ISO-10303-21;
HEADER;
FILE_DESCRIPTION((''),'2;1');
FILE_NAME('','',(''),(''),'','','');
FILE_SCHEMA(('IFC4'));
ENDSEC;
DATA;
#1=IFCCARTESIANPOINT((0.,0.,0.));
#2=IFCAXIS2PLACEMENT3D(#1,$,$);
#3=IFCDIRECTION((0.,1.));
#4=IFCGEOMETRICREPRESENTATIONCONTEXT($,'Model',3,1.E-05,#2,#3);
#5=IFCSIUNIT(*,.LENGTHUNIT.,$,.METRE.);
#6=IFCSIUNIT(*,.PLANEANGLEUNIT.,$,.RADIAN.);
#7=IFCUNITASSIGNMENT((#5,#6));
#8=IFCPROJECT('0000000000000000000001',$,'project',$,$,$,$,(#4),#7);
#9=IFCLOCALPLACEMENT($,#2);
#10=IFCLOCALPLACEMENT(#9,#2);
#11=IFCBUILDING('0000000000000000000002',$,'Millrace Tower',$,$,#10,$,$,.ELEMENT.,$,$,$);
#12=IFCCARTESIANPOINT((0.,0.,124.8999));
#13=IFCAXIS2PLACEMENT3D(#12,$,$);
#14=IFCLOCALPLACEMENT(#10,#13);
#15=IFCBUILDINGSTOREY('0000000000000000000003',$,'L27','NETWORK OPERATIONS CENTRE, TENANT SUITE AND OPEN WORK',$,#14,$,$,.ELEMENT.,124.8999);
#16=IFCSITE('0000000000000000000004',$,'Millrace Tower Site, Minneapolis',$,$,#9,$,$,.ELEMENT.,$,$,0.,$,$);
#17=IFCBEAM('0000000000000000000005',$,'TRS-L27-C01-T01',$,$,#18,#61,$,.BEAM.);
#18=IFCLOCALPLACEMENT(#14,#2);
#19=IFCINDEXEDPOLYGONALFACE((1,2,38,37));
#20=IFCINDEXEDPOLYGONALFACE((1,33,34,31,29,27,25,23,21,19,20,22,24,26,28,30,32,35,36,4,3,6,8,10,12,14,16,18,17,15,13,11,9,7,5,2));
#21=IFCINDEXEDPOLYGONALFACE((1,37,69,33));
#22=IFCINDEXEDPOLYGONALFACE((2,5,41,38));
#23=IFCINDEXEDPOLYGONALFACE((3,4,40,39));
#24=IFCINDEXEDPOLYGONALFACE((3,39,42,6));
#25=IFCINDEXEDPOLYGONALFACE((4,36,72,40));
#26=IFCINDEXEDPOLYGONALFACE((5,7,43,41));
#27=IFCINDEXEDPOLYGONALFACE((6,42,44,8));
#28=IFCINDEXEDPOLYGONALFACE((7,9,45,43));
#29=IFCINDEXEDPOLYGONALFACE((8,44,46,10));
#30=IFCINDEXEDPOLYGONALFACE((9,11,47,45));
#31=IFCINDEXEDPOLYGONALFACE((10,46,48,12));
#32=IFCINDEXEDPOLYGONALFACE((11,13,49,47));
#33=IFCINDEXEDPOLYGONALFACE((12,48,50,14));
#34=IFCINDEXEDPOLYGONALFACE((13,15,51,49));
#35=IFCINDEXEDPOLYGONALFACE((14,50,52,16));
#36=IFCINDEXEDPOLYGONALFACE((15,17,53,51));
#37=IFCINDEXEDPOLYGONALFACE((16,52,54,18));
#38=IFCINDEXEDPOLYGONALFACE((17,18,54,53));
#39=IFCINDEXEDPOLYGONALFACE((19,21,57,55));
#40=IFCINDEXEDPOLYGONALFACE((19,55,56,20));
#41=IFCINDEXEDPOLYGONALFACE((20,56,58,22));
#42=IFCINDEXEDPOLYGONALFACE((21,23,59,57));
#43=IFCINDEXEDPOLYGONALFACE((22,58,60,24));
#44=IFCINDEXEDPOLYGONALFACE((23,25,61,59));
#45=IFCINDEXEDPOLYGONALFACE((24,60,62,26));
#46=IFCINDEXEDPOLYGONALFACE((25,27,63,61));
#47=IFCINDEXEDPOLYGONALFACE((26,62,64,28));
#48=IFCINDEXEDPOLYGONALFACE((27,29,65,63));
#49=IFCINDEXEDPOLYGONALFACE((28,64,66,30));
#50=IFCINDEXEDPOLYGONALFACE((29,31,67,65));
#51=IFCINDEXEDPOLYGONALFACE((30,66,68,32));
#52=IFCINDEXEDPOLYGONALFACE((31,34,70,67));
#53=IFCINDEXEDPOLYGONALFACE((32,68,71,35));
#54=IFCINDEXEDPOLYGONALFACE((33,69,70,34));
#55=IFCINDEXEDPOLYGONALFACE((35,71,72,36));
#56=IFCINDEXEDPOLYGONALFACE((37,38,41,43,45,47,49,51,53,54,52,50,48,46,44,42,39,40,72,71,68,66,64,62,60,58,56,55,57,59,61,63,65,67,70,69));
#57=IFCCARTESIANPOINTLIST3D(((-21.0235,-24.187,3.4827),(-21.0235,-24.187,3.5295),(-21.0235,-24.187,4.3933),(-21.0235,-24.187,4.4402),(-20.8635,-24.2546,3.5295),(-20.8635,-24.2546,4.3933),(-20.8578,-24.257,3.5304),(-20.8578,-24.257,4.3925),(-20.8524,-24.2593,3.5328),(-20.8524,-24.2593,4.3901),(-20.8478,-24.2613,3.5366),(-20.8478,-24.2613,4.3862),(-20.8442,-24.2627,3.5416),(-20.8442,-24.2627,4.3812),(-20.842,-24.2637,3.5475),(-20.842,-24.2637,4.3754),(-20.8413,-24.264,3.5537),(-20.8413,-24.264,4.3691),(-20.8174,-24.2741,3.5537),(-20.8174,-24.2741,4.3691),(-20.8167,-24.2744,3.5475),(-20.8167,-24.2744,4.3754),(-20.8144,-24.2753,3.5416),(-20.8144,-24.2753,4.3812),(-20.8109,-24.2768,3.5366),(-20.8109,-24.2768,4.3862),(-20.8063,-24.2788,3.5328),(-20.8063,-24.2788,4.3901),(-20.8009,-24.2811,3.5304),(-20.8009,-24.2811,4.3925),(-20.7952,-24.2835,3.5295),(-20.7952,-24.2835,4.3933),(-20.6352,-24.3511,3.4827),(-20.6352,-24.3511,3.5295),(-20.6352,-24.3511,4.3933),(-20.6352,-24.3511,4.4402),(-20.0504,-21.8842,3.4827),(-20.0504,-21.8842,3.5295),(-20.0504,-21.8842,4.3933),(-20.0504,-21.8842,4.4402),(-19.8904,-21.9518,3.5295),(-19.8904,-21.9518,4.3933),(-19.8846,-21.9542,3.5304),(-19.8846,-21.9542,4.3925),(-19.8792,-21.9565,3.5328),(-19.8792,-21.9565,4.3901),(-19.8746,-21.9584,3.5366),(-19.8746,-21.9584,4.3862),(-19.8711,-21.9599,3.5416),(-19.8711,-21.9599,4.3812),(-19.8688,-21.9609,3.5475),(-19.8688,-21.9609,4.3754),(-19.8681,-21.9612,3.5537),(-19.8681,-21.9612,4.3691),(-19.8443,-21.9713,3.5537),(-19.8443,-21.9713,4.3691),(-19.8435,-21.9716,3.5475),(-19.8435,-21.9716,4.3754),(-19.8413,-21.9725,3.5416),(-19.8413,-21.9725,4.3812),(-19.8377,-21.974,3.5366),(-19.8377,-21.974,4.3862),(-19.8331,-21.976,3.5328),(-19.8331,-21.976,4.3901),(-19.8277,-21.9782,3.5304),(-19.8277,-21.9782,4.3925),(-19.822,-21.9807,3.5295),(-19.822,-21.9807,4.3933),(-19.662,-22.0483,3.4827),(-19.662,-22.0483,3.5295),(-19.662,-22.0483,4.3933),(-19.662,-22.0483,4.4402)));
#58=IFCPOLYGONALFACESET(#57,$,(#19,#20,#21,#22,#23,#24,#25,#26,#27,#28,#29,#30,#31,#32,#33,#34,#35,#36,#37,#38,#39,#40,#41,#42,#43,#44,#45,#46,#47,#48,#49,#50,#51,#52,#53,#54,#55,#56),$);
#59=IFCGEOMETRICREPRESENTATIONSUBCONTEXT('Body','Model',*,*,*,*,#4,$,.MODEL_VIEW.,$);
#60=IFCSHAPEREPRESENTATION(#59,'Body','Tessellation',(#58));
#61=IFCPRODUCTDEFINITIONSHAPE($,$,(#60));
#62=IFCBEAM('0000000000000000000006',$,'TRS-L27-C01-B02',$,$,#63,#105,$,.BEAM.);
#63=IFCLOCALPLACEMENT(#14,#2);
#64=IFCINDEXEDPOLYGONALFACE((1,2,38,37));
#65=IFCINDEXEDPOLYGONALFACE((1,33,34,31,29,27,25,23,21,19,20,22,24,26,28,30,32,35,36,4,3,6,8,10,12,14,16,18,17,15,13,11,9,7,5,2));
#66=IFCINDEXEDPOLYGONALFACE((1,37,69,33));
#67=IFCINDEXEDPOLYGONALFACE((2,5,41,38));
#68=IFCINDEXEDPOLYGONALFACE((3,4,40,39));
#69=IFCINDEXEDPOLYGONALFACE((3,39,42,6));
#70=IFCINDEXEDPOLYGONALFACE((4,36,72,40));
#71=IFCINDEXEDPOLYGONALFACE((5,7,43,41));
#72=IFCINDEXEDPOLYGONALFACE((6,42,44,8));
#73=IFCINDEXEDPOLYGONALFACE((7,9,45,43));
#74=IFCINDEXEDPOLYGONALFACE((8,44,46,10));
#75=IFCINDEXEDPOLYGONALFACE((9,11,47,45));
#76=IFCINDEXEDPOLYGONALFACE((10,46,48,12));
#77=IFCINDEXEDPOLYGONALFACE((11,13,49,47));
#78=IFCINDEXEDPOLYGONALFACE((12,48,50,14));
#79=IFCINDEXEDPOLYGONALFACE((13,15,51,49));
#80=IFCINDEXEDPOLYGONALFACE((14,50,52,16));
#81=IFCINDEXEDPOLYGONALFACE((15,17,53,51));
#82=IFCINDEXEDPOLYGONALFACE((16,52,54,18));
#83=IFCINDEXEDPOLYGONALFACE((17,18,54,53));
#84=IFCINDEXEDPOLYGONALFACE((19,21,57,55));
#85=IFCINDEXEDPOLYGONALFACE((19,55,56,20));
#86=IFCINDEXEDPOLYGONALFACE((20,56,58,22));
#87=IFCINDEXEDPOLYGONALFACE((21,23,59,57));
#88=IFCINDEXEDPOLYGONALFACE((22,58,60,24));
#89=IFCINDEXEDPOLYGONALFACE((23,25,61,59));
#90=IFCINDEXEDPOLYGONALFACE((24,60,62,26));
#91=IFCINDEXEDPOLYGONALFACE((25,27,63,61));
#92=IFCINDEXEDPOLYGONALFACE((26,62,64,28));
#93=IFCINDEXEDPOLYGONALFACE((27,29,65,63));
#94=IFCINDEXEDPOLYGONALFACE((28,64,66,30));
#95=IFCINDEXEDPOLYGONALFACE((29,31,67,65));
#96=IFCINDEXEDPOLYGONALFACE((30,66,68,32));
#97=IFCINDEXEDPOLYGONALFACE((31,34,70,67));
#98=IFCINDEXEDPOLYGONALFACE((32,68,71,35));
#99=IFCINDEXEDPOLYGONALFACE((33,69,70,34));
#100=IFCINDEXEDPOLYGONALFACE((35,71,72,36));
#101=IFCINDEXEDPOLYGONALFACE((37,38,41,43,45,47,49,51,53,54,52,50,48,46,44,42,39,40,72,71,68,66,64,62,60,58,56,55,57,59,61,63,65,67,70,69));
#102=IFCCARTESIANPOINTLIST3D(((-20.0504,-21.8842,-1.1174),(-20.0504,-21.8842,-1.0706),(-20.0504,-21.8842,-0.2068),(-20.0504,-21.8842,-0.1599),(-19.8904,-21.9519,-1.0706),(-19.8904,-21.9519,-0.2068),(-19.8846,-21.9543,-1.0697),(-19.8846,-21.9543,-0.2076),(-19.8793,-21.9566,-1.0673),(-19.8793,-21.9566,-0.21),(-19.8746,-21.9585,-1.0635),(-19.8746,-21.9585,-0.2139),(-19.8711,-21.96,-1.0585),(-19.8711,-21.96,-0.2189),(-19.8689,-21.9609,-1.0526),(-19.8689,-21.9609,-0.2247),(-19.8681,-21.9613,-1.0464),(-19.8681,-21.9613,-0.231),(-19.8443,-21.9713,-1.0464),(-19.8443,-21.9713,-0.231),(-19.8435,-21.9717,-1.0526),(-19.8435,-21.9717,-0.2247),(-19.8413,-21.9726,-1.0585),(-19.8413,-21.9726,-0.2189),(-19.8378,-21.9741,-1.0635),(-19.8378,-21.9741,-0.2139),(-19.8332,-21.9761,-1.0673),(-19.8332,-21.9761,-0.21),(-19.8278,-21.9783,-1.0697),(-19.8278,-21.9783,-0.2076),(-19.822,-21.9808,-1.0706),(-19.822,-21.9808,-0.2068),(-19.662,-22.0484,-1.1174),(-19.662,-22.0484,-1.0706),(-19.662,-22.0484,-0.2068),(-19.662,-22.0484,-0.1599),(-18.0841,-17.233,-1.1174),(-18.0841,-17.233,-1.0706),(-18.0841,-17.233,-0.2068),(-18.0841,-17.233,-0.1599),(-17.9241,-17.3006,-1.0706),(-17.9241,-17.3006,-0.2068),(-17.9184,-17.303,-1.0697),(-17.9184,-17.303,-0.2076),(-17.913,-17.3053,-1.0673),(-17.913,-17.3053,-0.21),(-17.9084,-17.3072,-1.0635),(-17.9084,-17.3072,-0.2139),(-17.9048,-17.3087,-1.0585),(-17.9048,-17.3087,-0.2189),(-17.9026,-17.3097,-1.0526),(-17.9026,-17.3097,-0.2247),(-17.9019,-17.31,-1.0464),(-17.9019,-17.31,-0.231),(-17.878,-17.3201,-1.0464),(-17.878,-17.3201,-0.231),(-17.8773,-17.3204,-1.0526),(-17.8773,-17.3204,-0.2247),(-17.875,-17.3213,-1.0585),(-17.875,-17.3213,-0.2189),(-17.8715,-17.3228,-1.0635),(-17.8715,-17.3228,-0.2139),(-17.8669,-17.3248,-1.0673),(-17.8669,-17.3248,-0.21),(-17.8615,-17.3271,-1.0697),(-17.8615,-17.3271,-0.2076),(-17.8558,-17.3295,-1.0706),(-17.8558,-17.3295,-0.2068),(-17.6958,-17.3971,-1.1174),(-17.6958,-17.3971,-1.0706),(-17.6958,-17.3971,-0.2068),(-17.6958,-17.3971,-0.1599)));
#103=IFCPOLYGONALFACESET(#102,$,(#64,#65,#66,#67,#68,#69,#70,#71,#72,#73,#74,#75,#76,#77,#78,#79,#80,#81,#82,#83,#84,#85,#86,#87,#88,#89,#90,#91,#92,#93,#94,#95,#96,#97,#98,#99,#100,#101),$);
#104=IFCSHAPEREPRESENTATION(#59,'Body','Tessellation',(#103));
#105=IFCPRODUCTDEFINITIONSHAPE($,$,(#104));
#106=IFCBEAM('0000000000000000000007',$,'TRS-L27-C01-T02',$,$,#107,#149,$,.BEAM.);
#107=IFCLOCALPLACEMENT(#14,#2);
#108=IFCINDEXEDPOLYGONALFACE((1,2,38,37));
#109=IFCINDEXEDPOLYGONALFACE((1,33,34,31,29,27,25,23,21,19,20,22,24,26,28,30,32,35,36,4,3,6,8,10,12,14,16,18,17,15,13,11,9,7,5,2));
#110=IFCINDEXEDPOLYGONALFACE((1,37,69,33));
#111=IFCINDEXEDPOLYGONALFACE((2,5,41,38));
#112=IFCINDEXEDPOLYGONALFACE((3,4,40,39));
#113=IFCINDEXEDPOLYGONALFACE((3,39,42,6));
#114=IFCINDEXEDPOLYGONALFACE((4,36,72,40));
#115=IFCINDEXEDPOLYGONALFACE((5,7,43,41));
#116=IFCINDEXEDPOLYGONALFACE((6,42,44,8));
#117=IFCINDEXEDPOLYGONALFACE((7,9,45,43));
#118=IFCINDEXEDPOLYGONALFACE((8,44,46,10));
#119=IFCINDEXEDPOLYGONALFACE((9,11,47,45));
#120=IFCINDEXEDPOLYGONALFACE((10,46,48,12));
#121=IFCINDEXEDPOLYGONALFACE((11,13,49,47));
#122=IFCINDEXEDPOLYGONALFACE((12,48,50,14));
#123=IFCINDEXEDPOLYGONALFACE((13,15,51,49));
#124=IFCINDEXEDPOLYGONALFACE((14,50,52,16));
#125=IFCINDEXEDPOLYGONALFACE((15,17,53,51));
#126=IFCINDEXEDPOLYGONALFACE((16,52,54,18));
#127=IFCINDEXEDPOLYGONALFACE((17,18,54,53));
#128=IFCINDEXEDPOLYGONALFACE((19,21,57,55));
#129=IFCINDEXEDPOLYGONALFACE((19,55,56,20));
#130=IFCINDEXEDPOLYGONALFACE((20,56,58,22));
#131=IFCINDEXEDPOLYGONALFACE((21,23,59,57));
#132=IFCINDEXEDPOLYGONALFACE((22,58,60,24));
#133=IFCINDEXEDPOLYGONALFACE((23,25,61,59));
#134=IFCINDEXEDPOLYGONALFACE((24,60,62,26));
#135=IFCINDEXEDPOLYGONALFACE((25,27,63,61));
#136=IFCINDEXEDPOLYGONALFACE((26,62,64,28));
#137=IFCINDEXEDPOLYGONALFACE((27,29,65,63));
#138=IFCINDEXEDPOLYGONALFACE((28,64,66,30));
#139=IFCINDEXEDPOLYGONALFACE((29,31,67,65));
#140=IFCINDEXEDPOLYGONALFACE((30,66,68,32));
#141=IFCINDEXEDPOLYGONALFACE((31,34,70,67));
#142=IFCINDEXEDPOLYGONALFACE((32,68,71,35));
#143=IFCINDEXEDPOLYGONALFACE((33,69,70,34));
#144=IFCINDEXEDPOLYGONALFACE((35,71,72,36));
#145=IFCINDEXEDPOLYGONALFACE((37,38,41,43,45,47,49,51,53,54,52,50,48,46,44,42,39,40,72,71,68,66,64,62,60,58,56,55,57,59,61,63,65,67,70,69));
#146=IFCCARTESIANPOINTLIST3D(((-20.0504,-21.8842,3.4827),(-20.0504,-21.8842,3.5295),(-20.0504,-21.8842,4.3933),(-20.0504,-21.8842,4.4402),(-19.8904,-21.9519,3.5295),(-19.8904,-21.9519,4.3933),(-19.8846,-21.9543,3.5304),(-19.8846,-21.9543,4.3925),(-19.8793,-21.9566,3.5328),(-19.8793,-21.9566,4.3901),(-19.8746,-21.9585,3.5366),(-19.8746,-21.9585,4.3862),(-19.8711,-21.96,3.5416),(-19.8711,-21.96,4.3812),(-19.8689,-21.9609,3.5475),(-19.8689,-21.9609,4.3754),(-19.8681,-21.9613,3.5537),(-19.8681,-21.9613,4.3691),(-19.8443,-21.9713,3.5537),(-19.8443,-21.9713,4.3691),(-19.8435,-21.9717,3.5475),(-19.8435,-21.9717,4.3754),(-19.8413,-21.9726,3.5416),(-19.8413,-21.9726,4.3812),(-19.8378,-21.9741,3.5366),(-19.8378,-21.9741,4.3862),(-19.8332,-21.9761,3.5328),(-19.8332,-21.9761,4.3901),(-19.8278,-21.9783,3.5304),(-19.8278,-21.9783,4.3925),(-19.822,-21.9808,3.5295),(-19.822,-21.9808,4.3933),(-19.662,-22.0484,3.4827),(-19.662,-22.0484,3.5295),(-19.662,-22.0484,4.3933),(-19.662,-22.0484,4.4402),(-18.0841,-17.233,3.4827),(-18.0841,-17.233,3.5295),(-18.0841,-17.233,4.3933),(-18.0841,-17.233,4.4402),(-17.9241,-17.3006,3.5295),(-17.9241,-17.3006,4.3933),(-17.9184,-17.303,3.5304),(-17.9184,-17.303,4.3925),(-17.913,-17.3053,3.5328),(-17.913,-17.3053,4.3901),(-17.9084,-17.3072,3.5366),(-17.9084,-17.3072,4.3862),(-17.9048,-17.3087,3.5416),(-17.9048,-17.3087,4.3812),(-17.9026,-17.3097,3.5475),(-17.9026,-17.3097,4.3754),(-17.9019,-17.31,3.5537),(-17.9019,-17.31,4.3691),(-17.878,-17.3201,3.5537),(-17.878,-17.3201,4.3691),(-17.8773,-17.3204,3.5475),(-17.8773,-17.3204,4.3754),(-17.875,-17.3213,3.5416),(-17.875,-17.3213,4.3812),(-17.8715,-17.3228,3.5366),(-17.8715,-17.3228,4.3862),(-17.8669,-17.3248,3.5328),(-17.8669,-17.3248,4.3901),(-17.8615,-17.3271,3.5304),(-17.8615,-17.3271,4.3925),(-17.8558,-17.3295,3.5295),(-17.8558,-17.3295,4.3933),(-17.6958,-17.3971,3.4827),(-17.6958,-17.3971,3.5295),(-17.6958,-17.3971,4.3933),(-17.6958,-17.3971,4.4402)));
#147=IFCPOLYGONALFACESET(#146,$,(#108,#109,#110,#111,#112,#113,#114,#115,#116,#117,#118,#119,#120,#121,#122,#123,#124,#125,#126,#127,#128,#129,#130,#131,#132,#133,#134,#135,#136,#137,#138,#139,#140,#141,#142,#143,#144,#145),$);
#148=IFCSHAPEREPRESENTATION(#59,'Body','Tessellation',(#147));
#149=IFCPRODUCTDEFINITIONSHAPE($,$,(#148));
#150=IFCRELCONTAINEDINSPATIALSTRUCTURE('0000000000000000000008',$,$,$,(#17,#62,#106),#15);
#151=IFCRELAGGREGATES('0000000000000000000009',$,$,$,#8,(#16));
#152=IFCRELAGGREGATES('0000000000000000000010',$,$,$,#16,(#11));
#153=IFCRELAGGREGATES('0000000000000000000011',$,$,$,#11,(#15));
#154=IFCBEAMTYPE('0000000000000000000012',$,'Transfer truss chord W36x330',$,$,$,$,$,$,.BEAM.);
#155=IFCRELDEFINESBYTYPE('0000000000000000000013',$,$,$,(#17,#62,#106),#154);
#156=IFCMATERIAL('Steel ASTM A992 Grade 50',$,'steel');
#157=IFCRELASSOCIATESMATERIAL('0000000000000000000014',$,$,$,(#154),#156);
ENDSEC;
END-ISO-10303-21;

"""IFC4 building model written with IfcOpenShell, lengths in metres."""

from ifc_helpers import new_model, si_unit, direction, frame, origin, origin_2d, place, context, subcontext, project, spatial, i_section, extrude, material, material_profile, profile_set, type_object, element, save


model = new_model("IFC4")

# Units and contexts
model_context = context("Model", 3, precision=1e-05, world=origin(), true_north=direction((0.0, 1.0)))
body_context = subcontext(model_context, "Body", "Model", "MODEL_VIEW")
ifc_project = project(units=[si_unit("LENGTHUNIT", "METRE"), si_unit("PLANEANGLEUNIT", "RADIAN")], contexts=[model_context])

# Site, building, storey
site_placement = place(None, origin())
site = spatial("IfcSite", under=ifc_project, at=site_placement, Name="Millrace Tower Site, Minneapolis", CompositionType="ELEMENT", RefElevation=0.0)
building_placement = place(site_placement, origin())
building = spatial("IfcBuilding", under=site, at=building_placement, Name="Millrace Tower", CompositionType="ELEMENT")
storey_placement = place(building_placement, frame((0.0, 0.0, 124.8999)))
storey = spatial("IfcBuildingStorey", under=building, at=storey_placement, Name="L27", Description="NETWORK OPERATIONS CENTRE, TENANT SUITE AND OPEN WORK", CompositionType="ELEMENT", Elevation=124.8999)

# Beams
ifc_material_1 = material(Name="Steel ASTM A992 Grade 50", Category="steel")
ifc_material_profile_1 = material_profile(ifc_material_1, i_section(OverallWidth=0.4216, OverallDepth=0.9575, WebThickness=0.0259, FlangeThickness=0.0469, FilletRadius=0.0242, at=origin_2d()))
ifc_profile_set_1 = profile_set([ifc_material_profile_1], Name="Steel ASTM A992 Grade 50")
beam_type_1 = type_object("IfcBeamType", Name="Transfer truss chord W36x330", PredefinedType="BEAM", material=ifc_profile_set_1)
for number, where, z_axis, x_axis, name in (
    (1, (-20.8293, -24.269, 3.9614), (0.38927, 0.921124, 0.0), (-0.921124, 0.38927, 0.0), "TRS-L27-C01-T01"),
):
    element("IfcBeam", number, at=place(storey_placement, frame(where, z_axis=z_axis, x_axis=x_axis)), inside=storey, type_object=beam_type_1, Name=name, PredefinedType="BEAM", context=body_context, shape_type="SweptSolid", body=[
        extrude(i_section(OverallWidth=0.4216, OverallDepth=0.9575, WebThickness=0.0259, FlangeThickness=0.0469, FilletRadius=0.0242, at=origin_2d()), origin(), (0.0, 0.0, 1.0), 2.5),
    ])
for number, where, z_axis, x_axis, name in (
    (2, (-19.8562, -21.9663, -0.6387), (0.389375, 0.921079, 0.0), (-0.921079, 0.389375, 0.0), "TRS-L27-C01-B02"),
    (3, (-19.8562, -21.9663, 3.9614), (0.389375, 0.921079, 0.0), (-0.921079, 0.389375, 0.0), "TRS-L27-C01-T02"),
):
    element("IfcBeam", number, at=place(storey_placement, frame(where, z_axis=z_axis, x_axis=x_axis)), inside=storey, type_object=beam_type_1, Name=name, PredefinedType="BEAM", context=body_context, shape_type="SweptSolid", body=[
        extrude(i_section(OverallWidth=0.4216, OverallDepth=0.9575, WebThickness=0.0259, FlangeThickness=0.0469, FilletRadius=0.0242, at=origin_2d()), origin(), (0.0, 0.0, 1.0), 5.0498),
    ])

save(model, "model.ifc")
